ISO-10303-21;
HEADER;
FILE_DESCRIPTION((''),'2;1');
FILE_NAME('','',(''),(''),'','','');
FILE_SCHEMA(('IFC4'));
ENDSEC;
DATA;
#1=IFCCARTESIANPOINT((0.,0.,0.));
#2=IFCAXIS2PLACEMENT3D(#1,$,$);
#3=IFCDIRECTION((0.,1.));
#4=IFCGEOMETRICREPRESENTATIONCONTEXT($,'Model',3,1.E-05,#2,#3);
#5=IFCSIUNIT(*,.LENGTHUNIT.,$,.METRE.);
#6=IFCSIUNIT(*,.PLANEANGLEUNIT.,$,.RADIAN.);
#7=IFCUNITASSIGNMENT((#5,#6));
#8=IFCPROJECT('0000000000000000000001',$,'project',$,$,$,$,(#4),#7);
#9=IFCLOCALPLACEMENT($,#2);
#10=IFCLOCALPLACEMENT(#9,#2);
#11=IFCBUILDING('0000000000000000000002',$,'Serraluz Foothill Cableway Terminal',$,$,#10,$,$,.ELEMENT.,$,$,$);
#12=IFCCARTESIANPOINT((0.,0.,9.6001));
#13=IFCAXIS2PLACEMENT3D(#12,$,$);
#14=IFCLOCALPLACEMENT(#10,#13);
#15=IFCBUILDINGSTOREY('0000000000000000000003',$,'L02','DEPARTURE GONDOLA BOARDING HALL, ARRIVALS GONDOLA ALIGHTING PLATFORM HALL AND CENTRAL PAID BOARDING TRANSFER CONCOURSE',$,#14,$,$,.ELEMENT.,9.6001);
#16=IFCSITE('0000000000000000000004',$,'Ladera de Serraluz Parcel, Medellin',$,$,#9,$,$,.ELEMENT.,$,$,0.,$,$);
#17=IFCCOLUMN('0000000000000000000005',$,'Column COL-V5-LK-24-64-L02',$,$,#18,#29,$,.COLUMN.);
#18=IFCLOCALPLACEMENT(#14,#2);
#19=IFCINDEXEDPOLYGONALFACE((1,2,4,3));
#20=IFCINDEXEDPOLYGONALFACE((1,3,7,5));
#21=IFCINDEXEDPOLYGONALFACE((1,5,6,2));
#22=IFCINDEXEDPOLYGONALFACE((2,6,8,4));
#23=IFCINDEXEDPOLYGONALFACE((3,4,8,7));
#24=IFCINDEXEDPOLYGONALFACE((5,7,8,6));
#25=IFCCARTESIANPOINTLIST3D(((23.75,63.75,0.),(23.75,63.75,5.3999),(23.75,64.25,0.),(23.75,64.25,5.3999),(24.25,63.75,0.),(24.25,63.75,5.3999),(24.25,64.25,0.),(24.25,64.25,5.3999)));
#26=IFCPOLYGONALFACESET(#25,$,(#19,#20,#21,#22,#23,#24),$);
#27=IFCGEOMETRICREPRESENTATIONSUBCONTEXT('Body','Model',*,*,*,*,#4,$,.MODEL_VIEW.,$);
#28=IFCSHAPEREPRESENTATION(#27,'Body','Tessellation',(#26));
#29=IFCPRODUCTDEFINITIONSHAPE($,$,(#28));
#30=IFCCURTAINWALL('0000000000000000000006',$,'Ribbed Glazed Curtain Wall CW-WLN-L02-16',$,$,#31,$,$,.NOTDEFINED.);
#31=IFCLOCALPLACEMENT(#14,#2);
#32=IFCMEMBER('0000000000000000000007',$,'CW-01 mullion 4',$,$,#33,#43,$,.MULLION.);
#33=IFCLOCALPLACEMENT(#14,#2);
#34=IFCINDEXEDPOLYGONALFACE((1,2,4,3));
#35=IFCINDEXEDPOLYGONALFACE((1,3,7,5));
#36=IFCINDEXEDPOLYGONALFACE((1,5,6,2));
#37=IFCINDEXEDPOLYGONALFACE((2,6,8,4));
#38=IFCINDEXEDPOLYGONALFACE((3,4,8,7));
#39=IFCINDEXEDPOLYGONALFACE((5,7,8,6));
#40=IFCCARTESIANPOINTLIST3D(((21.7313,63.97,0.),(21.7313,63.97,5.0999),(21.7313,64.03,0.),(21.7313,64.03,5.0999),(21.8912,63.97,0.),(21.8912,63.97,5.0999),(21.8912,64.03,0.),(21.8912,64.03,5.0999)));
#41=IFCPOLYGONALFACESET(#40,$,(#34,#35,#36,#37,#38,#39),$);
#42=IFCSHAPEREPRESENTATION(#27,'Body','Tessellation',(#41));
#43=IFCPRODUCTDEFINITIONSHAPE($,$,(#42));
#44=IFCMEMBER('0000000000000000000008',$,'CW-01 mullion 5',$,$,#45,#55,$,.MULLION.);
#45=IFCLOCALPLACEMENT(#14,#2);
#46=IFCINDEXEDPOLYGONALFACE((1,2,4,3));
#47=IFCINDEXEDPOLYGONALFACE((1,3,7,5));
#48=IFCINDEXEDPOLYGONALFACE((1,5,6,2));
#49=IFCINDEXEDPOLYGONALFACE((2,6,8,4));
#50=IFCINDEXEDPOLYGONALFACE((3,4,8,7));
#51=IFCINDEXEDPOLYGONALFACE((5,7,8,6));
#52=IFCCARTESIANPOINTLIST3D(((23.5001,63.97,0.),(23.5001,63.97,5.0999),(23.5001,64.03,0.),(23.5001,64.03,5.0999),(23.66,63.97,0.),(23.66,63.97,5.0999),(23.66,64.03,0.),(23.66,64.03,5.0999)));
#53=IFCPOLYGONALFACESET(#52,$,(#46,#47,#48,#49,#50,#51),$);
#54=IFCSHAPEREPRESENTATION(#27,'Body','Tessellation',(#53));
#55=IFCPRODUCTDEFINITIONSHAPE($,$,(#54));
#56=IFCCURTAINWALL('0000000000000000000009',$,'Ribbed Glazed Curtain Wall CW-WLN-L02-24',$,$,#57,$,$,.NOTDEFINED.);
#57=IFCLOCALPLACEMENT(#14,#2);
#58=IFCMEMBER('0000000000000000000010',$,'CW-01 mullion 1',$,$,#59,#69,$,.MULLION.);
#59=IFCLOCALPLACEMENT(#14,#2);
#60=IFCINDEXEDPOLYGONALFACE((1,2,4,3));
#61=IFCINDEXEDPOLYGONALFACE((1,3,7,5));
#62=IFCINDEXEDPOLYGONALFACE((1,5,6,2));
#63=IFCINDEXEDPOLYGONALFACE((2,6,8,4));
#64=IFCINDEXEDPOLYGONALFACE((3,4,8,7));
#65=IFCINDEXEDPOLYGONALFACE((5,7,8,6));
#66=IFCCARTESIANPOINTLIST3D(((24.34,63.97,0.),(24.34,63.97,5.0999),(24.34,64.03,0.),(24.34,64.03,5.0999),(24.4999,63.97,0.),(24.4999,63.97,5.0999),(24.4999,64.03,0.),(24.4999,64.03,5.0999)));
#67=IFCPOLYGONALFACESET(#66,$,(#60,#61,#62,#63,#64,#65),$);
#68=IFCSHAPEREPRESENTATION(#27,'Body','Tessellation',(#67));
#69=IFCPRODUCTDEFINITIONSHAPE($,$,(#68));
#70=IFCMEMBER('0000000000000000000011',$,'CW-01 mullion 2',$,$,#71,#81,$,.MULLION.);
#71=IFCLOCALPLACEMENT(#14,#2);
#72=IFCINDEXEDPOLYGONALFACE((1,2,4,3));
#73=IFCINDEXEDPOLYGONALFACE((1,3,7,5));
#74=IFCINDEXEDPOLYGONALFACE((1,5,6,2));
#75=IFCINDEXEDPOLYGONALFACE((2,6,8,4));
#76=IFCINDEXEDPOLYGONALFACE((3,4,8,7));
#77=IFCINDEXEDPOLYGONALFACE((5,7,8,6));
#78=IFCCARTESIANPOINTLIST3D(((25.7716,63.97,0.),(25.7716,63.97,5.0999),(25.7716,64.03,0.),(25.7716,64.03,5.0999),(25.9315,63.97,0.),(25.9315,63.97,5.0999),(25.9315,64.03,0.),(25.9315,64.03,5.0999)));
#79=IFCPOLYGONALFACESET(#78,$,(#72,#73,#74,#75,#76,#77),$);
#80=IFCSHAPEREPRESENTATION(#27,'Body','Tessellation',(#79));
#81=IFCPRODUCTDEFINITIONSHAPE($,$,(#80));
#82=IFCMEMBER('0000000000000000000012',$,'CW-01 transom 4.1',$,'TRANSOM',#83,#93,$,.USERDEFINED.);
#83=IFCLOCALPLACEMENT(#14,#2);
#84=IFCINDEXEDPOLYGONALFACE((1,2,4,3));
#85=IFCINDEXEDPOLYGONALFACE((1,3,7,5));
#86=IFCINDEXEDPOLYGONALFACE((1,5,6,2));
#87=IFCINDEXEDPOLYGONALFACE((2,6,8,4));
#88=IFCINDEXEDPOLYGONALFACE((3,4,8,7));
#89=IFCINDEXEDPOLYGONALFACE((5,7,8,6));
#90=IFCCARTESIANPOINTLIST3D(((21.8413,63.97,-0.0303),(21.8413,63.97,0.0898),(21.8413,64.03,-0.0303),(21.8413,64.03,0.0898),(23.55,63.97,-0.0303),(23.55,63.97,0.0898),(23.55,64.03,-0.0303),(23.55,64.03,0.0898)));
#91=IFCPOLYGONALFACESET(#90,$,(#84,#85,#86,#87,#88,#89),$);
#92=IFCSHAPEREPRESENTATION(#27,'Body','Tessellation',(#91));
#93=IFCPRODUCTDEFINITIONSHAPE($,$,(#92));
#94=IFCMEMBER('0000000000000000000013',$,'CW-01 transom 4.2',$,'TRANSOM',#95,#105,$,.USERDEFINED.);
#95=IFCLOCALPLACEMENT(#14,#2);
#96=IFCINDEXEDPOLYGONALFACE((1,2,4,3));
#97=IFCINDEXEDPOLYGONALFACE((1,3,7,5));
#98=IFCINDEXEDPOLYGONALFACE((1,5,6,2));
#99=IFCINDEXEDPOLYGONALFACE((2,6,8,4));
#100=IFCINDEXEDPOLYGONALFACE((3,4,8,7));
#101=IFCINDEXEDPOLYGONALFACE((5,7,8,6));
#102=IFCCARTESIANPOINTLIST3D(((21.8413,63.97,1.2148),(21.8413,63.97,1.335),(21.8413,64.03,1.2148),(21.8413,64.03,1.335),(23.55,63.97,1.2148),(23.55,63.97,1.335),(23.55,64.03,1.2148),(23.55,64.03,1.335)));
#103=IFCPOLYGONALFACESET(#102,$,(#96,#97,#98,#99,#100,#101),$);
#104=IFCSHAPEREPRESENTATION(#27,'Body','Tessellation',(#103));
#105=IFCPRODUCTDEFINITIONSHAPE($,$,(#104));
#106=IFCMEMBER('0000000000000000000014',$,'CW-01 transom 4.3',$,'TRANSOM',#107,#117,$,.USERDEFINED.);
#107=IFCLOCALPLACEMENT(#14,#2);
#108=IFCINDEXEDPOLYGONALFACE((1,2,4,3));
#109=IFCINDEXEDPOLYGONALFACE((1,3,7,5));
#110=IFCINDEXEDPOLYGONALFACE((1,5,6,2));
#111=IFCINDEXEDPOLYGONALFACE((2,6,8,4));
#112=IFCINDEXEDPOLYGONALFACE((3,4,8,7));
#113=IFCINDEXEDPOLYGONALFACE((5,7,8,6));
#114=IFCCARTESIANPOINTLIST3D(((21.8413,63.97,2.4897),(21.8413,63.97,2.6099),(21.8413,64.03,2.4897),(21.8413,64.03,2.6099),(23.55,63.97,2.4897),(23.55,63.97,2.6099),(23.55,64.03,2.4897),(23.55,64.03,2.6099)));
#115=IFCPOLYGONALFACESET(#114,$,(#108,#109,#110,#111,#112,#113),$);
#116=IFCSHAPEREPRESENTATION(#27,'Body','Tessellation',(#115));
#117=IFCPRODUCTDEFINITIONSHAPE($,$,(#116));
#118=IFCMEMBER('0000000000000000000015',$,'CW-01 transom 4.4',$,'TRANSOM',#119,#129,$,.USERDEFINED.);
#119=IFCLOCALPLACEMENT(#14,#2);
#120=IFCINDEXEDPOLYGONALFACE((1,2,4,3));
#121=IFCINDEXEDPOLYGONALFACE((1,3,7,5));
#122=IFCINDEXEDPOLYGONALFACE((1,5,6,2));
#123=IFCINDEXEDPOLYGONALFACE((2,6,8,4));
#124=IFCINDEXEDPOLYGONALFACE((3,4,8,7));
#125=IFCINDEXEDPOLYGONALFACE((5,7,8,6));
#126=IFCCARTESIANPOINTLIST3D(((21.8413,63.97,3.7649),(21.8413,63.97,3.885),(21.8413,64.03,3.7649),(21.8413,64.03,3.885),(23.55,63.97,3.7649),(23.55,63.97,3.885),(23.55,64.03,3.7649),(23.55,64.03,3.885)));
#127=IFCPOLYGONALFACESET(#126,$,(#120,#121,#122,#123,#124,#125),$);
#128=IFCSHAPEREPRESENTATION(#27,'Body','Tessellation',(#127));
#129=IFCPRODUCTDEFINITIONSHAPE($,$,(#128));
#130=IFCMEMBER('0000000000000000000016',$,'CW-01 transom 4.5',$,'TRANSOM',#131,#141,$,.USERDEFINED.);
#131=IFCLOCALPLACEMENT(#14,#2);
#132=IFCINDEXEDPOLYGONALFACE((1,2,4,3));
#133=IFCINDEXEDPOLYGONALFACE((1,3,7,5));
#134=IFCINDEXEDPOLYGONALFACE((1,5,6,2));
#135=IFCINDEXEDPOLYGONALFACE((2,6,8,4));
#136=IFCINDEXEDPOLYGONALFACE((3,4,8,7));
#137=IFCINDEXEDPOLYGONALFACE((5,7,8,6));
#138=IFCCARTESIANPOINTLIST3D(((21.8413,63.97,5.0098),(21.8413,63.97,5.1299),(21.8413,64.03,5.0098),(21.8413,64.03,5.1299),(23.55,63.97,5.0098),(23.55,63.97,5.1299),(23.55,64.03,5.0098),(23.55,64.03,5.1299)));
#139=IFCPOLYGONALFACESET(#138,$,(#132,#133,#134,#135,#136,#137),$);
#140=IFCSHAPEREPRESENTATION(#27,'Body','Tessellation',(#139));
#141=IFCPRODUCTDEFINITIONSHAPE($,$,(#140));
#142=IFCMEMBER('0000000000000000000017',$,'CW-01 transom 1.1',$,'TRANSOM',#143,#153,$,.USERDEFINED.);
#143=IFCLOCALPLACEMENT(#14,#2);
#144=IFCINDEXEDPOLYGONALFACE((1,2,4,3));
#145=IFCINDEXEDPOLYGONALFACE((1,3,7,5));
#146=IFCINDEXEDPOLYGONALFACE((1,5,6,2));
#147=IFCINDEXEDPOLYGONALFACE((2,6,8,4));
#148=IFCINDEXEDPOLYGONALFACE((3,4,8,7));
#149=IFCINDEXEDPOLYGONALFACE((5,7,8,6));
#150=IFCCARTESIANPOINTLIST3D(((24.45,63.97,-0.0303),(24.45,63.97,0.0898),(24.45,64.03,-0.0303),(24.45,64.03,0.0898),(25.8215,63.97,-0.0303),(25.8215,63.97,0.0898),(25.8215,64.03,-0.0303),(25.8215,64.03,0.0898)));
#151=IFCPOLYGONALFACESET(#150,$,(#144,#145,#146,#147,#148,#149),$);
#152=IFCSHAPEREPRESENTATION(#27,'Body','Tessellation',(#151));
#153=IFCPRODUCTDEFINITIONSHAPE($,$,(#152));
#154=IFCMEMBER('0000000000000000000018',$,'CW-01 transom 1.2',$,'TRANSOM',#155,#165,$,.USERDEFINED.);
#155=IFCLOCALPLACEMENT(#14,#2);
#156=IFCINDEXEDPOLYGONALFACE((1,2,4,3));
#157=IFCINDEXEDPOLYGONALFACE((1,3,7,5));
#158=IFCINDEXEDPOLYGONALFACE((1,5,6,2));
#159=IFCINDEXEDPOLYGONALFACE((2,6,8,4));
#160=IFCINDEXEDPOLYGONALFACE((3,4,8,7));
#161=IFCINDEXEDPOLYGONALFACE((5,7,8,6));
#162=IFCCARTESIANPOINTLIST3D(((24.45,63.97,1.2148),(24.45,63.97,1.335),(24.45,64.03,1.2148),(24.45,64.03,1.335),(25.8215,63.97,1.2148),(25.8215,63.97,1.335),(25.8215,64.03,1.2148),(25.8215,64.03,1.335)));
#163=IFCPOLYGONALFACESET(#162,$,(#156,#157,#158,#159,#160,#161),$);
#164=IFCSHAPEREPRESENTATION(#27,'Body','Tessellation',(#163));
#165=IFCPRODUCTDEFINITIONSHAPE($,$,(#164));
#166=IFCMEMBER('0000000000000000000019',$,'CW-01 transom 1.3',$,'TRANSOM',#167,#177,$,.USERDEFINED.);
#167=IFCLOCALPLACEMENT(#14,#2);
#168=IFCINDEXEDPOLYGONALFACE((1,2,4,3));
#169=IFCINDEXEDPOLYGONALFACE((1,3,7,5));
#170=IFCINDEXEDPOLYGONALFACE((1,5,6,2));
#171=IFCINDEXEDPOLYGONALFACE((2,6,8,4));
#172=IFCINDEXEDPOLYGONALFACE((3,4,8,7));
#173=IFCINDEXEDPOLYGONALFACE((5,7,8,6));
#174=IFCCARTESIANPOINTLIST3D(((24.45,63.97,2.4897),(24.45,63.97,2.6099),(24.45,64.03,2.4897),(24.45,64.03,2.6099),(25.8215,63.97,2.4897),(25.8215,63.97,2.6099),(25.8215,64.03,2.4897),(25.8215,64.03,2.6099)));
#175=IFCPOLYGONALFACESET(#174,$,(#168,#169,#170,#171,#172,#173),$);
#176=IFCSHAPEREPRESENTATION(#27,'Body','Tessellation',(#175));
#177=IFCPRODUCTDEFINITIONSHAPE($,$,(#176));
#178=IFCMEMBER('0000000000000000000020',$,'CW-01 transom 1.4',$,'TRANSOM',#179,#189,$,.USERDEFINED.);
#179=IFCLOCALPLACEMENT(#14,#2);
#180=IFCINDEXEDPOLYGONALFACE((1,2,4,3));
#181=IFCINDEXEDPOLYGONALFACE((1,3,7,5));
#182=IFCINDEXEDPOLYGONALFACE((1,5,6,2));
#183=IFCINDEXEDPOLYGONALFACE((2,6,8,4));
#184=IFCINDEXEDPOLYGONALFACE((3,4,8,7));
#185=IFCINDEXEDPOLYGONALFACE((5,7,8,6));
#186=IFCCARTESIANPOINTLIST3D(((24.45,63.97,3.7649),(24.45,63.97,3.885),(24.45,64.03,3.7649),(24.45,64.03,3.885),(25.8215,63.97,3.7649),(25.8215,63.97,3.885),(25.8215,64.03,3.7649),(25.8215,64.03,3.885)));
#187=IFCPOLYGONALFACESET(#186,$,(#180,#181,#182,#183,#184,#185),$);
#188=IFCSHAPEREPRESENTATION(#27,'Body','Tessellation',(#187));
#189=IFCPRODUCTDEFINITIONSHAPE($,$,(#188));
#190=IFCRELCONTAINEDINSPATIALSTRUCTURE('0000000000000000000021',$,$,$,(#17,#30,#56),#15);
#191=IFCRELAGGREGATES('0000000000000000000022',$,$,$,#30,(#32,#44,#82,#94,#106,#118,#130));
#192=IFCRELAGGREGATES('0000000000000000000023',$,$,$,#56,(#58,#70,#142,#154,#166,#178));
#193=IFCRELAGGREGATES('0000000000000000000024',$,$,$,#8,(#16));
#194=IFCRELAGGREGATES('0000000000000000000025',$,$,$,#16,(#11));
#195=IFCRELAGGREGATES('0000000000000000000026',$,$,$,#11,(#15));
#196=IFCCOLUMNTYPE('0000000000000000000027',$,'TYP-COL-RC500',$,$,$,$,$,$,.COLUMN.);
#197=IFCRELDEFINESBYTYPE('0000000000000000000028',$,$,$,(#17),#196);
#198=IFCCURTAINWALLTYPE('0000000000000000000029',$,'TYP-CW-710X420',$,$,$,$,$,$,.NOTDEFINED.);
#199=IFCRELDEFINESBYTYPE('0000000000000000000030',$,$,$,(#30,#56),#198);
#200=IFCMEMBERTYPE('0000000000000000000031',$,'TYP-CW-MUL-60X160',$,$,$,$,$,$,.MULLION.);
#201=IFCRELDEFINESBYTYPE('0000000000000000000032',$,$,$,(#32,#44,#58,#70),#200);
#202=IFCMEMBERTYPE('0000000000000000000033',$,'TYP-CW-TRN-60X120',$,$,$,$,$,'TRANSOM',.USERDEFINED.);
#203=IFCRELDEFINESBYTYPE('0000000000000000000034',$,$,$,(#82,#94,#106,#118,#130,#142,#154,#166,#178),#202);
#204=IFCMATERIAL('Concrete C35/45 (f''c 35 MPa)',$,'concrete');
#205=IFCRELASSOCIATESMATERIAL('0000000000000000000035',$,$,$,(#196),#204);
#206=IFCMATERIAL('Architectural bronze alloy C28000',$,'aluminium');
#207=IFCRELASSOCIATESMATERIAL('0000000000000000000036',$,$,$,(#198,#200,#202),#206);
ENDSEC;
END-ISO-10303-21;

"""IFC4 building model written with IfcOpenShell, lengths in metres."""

from ifc_helpers import new_model, si_unit, direction, frame, origin, origin_2d, place, context, subcontext, project, spatial, rectangle, extrude, material, material_profile, profile_set, type_object, element, aggregate, save


model = new_model("IFC4")

# Units and contexts
model_context = context("Model", 3, precision=1e-05, world=origin(), true_north=direction((0.0, 1.0)))
body_context = subcontext(model_context, "Body", "Model", "MODEL_VIEW")
ifc_project = project(units=[si_unit("LENGTHUNIT", "METRE"), si_unit("PLANEANGLEUNIT", "RADIAN")], contexts=[model_context])

# Site, building, storey
site_placement = place(None, origin())
site = spatial("IfcSite", under=ifc_project, at=site_placement, Name="Ladera de Serraluz Parcel, Medellin", CompositionType="ELEMENT", RefElevation=0.0)
building_placement = place(site_placement, origin())
building = spatial("IfcBuilding", under=site, at=building_placement, Name="Serraluz Foothill Cableway Terminal", CompositionType="ELEMENT")
storey_placement = place(building_placement, frame((0.0, 0.0, 9.6001)))
storey = spatial("IfcBuildingStorey", under=building, at=storey_placement, Name="L02", Description="DEPARTURE GONDOLA BOARDING HALL, ARRIVALS GONDOLA ALIGHTING PLATFORM HALL AND CENTRAL PAID BOARDING TRANSFER CONCOURSE", CompositionType="ELEMENT", Elevation=9.6001)

# Column
ifc_material_1 = material(Name="Concrete C35/45 (f'c 35 MPa)", Category="concrete")
ifc_material_profile_1 = material_profile(ifc_material_1, rectangle(XDim=0.5, YDim=0.5, at=origin_2d()), Name="RC 500x500")
ifc_profile_set_1 = profile_set([ifc_material_profile_1], Name="Concrete C35/45 (f'c 35 MPa)")
column_type = type_object("IfcColumnType", Name="TYP-COL-RC500", PredefinedType="COLUMN", material=ifc_profile_set_1)
column_placement = place(storey_placement, frame((24.0, 64.0, 0.0), z_axis=(0.0, 0.0, 1.0), x_axis=(1.0, 0.0, 0.0)))
element("IfcColumn", 1, at=column_placement, inside=storey, type_object=column_type, Name="Column COL-V5-LK-24-64-L02", PredefinedType="COLUMN", context=body_context, shape_type="SweptSolid", body=[
    extrude(rectangle(XDim=0.5, YDim=0.5, at=origin_2d()), origin(), (0.0, 0.0, 1.0), 5.3999),
])

# Curtain walls, members
ifc_material_2 = material(Name="Architectural bronze alloy C28000", Category="aluminium")
curtain_wall_type = type_object("IfcCurtainWallType", Name="TYP-CW-710X420", PredefinedType="NOTDEFINED", material=ifc_material_2)
curtain_wall_1_placement = place(storey_placement, origin())
curtain_wall_1 = element("IfcCurtainWall", 2, at=curtain_wall_1_placement, inside=storey, type_object=curtain_wall_type, Name="Ribbed Glazed Curtain Wall CW-WLN-L02-16", PredefinedType="NOTDEFINED")
ifc_material_profile_2 = material_profile(ifc_material_2, rectangle(XDim=0.0601, YDim=0.1599, at=origin_2d()), Name="ALU MULLION 60x160")
ifc_profile_set_2 = profile_set([ifc_material_profile_2], Name="Architectural bronze alloy C28000")
member_type_1 = type_object("IfcMemberType", Name="TYP-CW-MUL-60X160", PredefinedType="MULLION", material=ifc_profile_set_2)
member_1_placement = place(storey_placement, frame((21.8113, 64.0, 0.0), z_axis=(0.0, 0.0, 1.0), x_axis=(0.0, 1.0, 0.0)))
member_1 = element("IfcMember", 3, at=member_1_placement, type_object=member_type_1, Name="CW-01 mullion 4", PredefinedType="MULLION", context=body_context, shape_type="SweptSolid", body=[
    extrude(rectangle(XDim=0.0601, YDim=0.1599, at=origin_2d()), origin(), (0.0, 0.0, 1.0), 5.0999),
])
member_2_placement = place(storey_placement, frame((23.5801, 64.0, 0.0), z_axis=(0.0, 0.0, 1.0), x_axis=(0.0, 1.0, 0.0)))
member_2 = element("IfcMember", 4, at=member_2_placement, type_object=member_type_1, Name="CW-01 mullion 5", PredefinedType="MULLION", context=body_context, shape_type="SweptSolid", body=[
    extrude(rectangle(XDim=0.0601, YDim=0.1599, at=origin_2d()), origin(), (0.0, 0.0, 1.0), 5.0999),
])
curtain_wall_2_placement = place(storey_placement, origin())
curtain_wall_2 = element("IfcCurtainWall", 5, at=curtain_wall_2_placement, inside=storey, type_object=curtain_wall_type, Name="Ribbed Glazed Curtain Wall CW-WLN-L02-24", PredefinedType="NOTDEFINED")
member_3_placement = place(storey_placement, frame((24.4199, 64.0, 0.0), z_axis=(0.0, 0.0, 1.0), x_axis=(0.0, 1.0, 0.0)))
member_3 = element("IfcMember", 6, at=member_3_placement, type_object=member_type_1, Name="CW-01 mullion 1", PredefinedType="MULLION", context=body_context, shape_type="SweptSolid", body=[
    extrude(rectangle(XDim=0.0601, YDim=0.1599, at=origin_2d()), origin(), (0.0, 0.0, 1.0), 5.0999),
])
member_4_placement = place(storey_placement, frame((25.8516, 64.0, 0.0), z_axis=(0.0, 0.0, 1.0), x_axis=(0.0, 1.0, 0.0)))
member_4 = element("IfcMember", 7, at=member_4_placement, type_object=member_type_1, Name="CW-01 mullion 2", PredefinedType="MULLION", context=body_context, shape_type="SweptSolid", body=[
    extrude(rectangle(XDim=0.0601, YDim=0.1599, at=origin_2d()), origin(), (0.0, 0.0, 1.0), 5.0999),
])

# Members
ifc_material_profile_3 = material_profile(ifc_material_2, rectangle(XDim=0.0601, YDim=0.1201, at=origin_2d()), Name="ALU TRANSOM 60x120")
ifc_profile_set_3 = profile_set([ifc_material_profile_3], Name="Architectural bronze alloy C28000")
member_type_2 = type_object("IfcMemberType", Name="TYP-CW-TRN-60X120", ElementType="TRANSOM", PredefinedType="USERDEFINED", material=ifc_profile_set_3)
member_5_placement = place(storey_placement, frame((21.8413, 64.0, 0.0298), z_axis=(1.0, 0.0, 0.0), x_axis=(0.0, 1.0, 0.0)))
member_5 = element("IfcMember", 8, at=member_5_placement, type_object=member_type_2, Name="CW-01 transom 4.1", ObjectType="TRANSOM", PredefinedType="USERDEFINED", context=body_context, shape_type="SweptSolid", body=[
    extrude(rectangle(XDim=0.0601, YDim=0.1201, at=origin_2d()), origin(), (0.0, 0.0, 1.0), 1.7087),
])
member_6_placement = place(storey_placement, frame((21.8413, 64.0, 1.2749), z_axis=(1.0, 0.0, 0.0), x_axis=(0.0, 1.0, 0.0)))
member_6 = element("IfcMember", 9, at=member_6_placement, type_object=member_type_2, Name="CW-01 transom 4.2", ObjectType="TRANSOM", PredefinedType="USERDEFINED", context=body_context, shape_type="SweptSolid", body=[
    extrude(rectangle(XDim=0.0601, YDim=0.1201, at=origin_2d()), origin(), (0.0, 0.0, 1.0), 1.7087),
])
member_7_placement = place(storey_placement, frame((21.8413, 64.0, 2.5498), z_axis=(1.0, 0.0, 0.0), x_axis=(0.0, 1.0, 0.0)))
member_7 = element("IfcMember", 10, at=member_7_placement, type_object=member_type_2, Name="CW-01 transom 4.3", ObjectType="TRANSOM", PredefinedType="USERDEFINED", context=body_context, shape_type="SweptSolid", body=[
    extrude(rectangle(XDim=0.0601, YDim=0.1201, at=origin_2d()), origin(), (0.0, 0.0, 1.0), 1.7087),
])
member_8_placement = place(storey_placement, frame((21.8413, 64.0, 3.825), z_axis=(1.0, 0.0, 0.0), x_axis=(0.0, 1.0, 0.0)))
member_8 = element("IfcMember", 11, at=member_8_placement, type_object=member_type_2, Name="CW-01 transom 4.4", ObjectType="TRANSOM", PredefinedType="USERDEFINED", context=body_context, shape_type="SweptSolid", body=[
    extrude(rectangle(XDim=0.0601, YDim=0.1201, at=origin_2d()), origin(), (0.0, 0.0, 1.0), 1.7087),
])
member_9_placement = place(storey_placement, frame((21.8413, 64.0, 5.0698), z_axis=(1.0, 0.0, 0.0), x_axis=(0.0, 1.0, 0.0)))
member_9 = element("IfcMember", 12, at=member_9_placement, type_object=member_type_2, Name="CW-01 transom 4.5", ObjectType="TRANSOM", PredefinedType="USERDEFINED", context=body_context, shape_type="SweptSolid", body=[
    extrude(rectangle(XDim=0.0601, YDim=0.1201, at=origin_2d()), origin(), (0.0, 0.0, 1.0), 1.7087),
])
member_10_placement = place(storey_placement, frame((24.45, 64.0, 0.0298), z_axis=(1.0, 0.0, 0.0), x_axis=(0.0, 1.0, 0.0)))
member_10 = element("IfcMember", 13, at=member_10_placement, type_object=member_type_2, Name="CW-01 transom 1.1", ObjectType="TRANSOM", PredefinedType="USERDEFINED", context=body_context, shape_type="SweptSolid", body=[
    extrude(rectangle(XDim=0.0601, YDim=0.1201, at=origin_2d()), origin(), (0.0, 0.0, 1.0), 1.3716),
])
member_11_placement = place(storey_placement, frame((24.45, 64.0, 1.2749), z_axis=(1.0, 0.0, 0.0), x_axis=(0.0, 1.0, 0.0)))
member_11 = element("IfcMember", 14, at=member_11_placement, type_object=member_type_2, Name="CW-01 transom 1.2", ObjectType="TRANSOM", PredefinedType="USERDEFINED", context=body_context, shape_type="SweptSolid", body=[
    extrude(rectangle(XDim=0.0601, YDim=0.1201, at=origin_2d()), origin(), (0.0, 0.0, 1.0), 1.3716),
])
member_12_placement = place(storey_placement, frame((24.45, 64.0, 2.5498), z_axis=(1.0, 0.0, 0.0), x_axis=(0.0, 1.0, 0.0)))
member_12 = element("IfcMember", 15, at=member_12_placement, type_object=member_type_2, Name="CW-01 transom 1.3", ObjectType="TRANSOM", PredefinedType="USERDEFINED", context=body_context, shape_type="SweptSolid", body=[
    extrude(rectangle(XDim=0.0601, YDim=0.1201, at=origin_2d()), origin(), (0.0, 0.0, 1.0), 1.3716),
])
member_13_placement = place(storey_placement, frame((24.45, 64.0, 3.825), z_axis=(1.0, 0.0, 0.0), x_axis=(0.0, 1.0, 0.0)))
member_13 = element("IfcMember", 16, at=member_13_placement, type_object=member_type_2, Name="CW-01 transom 1.4", ObjectType="TRANSOM", PredefinedType="USERDEFINED", context=body_context, shape_type="SweptSolid", body=[
    extrude(rectangle(XDim=0.0601, YDim=0.1201, at=origin_2d()), origin(), (0.0, 0.0, 1.0), 1.3716),
])

aggregate(curtain_wall_1, [member_1, member_2, member_5, member_6, member_7, member_8, member_9])
aggregate(curtain_wall_2, [member_3, member_4, member_10, member_11, member_12, member_13])

save(model, "model.ifc")
